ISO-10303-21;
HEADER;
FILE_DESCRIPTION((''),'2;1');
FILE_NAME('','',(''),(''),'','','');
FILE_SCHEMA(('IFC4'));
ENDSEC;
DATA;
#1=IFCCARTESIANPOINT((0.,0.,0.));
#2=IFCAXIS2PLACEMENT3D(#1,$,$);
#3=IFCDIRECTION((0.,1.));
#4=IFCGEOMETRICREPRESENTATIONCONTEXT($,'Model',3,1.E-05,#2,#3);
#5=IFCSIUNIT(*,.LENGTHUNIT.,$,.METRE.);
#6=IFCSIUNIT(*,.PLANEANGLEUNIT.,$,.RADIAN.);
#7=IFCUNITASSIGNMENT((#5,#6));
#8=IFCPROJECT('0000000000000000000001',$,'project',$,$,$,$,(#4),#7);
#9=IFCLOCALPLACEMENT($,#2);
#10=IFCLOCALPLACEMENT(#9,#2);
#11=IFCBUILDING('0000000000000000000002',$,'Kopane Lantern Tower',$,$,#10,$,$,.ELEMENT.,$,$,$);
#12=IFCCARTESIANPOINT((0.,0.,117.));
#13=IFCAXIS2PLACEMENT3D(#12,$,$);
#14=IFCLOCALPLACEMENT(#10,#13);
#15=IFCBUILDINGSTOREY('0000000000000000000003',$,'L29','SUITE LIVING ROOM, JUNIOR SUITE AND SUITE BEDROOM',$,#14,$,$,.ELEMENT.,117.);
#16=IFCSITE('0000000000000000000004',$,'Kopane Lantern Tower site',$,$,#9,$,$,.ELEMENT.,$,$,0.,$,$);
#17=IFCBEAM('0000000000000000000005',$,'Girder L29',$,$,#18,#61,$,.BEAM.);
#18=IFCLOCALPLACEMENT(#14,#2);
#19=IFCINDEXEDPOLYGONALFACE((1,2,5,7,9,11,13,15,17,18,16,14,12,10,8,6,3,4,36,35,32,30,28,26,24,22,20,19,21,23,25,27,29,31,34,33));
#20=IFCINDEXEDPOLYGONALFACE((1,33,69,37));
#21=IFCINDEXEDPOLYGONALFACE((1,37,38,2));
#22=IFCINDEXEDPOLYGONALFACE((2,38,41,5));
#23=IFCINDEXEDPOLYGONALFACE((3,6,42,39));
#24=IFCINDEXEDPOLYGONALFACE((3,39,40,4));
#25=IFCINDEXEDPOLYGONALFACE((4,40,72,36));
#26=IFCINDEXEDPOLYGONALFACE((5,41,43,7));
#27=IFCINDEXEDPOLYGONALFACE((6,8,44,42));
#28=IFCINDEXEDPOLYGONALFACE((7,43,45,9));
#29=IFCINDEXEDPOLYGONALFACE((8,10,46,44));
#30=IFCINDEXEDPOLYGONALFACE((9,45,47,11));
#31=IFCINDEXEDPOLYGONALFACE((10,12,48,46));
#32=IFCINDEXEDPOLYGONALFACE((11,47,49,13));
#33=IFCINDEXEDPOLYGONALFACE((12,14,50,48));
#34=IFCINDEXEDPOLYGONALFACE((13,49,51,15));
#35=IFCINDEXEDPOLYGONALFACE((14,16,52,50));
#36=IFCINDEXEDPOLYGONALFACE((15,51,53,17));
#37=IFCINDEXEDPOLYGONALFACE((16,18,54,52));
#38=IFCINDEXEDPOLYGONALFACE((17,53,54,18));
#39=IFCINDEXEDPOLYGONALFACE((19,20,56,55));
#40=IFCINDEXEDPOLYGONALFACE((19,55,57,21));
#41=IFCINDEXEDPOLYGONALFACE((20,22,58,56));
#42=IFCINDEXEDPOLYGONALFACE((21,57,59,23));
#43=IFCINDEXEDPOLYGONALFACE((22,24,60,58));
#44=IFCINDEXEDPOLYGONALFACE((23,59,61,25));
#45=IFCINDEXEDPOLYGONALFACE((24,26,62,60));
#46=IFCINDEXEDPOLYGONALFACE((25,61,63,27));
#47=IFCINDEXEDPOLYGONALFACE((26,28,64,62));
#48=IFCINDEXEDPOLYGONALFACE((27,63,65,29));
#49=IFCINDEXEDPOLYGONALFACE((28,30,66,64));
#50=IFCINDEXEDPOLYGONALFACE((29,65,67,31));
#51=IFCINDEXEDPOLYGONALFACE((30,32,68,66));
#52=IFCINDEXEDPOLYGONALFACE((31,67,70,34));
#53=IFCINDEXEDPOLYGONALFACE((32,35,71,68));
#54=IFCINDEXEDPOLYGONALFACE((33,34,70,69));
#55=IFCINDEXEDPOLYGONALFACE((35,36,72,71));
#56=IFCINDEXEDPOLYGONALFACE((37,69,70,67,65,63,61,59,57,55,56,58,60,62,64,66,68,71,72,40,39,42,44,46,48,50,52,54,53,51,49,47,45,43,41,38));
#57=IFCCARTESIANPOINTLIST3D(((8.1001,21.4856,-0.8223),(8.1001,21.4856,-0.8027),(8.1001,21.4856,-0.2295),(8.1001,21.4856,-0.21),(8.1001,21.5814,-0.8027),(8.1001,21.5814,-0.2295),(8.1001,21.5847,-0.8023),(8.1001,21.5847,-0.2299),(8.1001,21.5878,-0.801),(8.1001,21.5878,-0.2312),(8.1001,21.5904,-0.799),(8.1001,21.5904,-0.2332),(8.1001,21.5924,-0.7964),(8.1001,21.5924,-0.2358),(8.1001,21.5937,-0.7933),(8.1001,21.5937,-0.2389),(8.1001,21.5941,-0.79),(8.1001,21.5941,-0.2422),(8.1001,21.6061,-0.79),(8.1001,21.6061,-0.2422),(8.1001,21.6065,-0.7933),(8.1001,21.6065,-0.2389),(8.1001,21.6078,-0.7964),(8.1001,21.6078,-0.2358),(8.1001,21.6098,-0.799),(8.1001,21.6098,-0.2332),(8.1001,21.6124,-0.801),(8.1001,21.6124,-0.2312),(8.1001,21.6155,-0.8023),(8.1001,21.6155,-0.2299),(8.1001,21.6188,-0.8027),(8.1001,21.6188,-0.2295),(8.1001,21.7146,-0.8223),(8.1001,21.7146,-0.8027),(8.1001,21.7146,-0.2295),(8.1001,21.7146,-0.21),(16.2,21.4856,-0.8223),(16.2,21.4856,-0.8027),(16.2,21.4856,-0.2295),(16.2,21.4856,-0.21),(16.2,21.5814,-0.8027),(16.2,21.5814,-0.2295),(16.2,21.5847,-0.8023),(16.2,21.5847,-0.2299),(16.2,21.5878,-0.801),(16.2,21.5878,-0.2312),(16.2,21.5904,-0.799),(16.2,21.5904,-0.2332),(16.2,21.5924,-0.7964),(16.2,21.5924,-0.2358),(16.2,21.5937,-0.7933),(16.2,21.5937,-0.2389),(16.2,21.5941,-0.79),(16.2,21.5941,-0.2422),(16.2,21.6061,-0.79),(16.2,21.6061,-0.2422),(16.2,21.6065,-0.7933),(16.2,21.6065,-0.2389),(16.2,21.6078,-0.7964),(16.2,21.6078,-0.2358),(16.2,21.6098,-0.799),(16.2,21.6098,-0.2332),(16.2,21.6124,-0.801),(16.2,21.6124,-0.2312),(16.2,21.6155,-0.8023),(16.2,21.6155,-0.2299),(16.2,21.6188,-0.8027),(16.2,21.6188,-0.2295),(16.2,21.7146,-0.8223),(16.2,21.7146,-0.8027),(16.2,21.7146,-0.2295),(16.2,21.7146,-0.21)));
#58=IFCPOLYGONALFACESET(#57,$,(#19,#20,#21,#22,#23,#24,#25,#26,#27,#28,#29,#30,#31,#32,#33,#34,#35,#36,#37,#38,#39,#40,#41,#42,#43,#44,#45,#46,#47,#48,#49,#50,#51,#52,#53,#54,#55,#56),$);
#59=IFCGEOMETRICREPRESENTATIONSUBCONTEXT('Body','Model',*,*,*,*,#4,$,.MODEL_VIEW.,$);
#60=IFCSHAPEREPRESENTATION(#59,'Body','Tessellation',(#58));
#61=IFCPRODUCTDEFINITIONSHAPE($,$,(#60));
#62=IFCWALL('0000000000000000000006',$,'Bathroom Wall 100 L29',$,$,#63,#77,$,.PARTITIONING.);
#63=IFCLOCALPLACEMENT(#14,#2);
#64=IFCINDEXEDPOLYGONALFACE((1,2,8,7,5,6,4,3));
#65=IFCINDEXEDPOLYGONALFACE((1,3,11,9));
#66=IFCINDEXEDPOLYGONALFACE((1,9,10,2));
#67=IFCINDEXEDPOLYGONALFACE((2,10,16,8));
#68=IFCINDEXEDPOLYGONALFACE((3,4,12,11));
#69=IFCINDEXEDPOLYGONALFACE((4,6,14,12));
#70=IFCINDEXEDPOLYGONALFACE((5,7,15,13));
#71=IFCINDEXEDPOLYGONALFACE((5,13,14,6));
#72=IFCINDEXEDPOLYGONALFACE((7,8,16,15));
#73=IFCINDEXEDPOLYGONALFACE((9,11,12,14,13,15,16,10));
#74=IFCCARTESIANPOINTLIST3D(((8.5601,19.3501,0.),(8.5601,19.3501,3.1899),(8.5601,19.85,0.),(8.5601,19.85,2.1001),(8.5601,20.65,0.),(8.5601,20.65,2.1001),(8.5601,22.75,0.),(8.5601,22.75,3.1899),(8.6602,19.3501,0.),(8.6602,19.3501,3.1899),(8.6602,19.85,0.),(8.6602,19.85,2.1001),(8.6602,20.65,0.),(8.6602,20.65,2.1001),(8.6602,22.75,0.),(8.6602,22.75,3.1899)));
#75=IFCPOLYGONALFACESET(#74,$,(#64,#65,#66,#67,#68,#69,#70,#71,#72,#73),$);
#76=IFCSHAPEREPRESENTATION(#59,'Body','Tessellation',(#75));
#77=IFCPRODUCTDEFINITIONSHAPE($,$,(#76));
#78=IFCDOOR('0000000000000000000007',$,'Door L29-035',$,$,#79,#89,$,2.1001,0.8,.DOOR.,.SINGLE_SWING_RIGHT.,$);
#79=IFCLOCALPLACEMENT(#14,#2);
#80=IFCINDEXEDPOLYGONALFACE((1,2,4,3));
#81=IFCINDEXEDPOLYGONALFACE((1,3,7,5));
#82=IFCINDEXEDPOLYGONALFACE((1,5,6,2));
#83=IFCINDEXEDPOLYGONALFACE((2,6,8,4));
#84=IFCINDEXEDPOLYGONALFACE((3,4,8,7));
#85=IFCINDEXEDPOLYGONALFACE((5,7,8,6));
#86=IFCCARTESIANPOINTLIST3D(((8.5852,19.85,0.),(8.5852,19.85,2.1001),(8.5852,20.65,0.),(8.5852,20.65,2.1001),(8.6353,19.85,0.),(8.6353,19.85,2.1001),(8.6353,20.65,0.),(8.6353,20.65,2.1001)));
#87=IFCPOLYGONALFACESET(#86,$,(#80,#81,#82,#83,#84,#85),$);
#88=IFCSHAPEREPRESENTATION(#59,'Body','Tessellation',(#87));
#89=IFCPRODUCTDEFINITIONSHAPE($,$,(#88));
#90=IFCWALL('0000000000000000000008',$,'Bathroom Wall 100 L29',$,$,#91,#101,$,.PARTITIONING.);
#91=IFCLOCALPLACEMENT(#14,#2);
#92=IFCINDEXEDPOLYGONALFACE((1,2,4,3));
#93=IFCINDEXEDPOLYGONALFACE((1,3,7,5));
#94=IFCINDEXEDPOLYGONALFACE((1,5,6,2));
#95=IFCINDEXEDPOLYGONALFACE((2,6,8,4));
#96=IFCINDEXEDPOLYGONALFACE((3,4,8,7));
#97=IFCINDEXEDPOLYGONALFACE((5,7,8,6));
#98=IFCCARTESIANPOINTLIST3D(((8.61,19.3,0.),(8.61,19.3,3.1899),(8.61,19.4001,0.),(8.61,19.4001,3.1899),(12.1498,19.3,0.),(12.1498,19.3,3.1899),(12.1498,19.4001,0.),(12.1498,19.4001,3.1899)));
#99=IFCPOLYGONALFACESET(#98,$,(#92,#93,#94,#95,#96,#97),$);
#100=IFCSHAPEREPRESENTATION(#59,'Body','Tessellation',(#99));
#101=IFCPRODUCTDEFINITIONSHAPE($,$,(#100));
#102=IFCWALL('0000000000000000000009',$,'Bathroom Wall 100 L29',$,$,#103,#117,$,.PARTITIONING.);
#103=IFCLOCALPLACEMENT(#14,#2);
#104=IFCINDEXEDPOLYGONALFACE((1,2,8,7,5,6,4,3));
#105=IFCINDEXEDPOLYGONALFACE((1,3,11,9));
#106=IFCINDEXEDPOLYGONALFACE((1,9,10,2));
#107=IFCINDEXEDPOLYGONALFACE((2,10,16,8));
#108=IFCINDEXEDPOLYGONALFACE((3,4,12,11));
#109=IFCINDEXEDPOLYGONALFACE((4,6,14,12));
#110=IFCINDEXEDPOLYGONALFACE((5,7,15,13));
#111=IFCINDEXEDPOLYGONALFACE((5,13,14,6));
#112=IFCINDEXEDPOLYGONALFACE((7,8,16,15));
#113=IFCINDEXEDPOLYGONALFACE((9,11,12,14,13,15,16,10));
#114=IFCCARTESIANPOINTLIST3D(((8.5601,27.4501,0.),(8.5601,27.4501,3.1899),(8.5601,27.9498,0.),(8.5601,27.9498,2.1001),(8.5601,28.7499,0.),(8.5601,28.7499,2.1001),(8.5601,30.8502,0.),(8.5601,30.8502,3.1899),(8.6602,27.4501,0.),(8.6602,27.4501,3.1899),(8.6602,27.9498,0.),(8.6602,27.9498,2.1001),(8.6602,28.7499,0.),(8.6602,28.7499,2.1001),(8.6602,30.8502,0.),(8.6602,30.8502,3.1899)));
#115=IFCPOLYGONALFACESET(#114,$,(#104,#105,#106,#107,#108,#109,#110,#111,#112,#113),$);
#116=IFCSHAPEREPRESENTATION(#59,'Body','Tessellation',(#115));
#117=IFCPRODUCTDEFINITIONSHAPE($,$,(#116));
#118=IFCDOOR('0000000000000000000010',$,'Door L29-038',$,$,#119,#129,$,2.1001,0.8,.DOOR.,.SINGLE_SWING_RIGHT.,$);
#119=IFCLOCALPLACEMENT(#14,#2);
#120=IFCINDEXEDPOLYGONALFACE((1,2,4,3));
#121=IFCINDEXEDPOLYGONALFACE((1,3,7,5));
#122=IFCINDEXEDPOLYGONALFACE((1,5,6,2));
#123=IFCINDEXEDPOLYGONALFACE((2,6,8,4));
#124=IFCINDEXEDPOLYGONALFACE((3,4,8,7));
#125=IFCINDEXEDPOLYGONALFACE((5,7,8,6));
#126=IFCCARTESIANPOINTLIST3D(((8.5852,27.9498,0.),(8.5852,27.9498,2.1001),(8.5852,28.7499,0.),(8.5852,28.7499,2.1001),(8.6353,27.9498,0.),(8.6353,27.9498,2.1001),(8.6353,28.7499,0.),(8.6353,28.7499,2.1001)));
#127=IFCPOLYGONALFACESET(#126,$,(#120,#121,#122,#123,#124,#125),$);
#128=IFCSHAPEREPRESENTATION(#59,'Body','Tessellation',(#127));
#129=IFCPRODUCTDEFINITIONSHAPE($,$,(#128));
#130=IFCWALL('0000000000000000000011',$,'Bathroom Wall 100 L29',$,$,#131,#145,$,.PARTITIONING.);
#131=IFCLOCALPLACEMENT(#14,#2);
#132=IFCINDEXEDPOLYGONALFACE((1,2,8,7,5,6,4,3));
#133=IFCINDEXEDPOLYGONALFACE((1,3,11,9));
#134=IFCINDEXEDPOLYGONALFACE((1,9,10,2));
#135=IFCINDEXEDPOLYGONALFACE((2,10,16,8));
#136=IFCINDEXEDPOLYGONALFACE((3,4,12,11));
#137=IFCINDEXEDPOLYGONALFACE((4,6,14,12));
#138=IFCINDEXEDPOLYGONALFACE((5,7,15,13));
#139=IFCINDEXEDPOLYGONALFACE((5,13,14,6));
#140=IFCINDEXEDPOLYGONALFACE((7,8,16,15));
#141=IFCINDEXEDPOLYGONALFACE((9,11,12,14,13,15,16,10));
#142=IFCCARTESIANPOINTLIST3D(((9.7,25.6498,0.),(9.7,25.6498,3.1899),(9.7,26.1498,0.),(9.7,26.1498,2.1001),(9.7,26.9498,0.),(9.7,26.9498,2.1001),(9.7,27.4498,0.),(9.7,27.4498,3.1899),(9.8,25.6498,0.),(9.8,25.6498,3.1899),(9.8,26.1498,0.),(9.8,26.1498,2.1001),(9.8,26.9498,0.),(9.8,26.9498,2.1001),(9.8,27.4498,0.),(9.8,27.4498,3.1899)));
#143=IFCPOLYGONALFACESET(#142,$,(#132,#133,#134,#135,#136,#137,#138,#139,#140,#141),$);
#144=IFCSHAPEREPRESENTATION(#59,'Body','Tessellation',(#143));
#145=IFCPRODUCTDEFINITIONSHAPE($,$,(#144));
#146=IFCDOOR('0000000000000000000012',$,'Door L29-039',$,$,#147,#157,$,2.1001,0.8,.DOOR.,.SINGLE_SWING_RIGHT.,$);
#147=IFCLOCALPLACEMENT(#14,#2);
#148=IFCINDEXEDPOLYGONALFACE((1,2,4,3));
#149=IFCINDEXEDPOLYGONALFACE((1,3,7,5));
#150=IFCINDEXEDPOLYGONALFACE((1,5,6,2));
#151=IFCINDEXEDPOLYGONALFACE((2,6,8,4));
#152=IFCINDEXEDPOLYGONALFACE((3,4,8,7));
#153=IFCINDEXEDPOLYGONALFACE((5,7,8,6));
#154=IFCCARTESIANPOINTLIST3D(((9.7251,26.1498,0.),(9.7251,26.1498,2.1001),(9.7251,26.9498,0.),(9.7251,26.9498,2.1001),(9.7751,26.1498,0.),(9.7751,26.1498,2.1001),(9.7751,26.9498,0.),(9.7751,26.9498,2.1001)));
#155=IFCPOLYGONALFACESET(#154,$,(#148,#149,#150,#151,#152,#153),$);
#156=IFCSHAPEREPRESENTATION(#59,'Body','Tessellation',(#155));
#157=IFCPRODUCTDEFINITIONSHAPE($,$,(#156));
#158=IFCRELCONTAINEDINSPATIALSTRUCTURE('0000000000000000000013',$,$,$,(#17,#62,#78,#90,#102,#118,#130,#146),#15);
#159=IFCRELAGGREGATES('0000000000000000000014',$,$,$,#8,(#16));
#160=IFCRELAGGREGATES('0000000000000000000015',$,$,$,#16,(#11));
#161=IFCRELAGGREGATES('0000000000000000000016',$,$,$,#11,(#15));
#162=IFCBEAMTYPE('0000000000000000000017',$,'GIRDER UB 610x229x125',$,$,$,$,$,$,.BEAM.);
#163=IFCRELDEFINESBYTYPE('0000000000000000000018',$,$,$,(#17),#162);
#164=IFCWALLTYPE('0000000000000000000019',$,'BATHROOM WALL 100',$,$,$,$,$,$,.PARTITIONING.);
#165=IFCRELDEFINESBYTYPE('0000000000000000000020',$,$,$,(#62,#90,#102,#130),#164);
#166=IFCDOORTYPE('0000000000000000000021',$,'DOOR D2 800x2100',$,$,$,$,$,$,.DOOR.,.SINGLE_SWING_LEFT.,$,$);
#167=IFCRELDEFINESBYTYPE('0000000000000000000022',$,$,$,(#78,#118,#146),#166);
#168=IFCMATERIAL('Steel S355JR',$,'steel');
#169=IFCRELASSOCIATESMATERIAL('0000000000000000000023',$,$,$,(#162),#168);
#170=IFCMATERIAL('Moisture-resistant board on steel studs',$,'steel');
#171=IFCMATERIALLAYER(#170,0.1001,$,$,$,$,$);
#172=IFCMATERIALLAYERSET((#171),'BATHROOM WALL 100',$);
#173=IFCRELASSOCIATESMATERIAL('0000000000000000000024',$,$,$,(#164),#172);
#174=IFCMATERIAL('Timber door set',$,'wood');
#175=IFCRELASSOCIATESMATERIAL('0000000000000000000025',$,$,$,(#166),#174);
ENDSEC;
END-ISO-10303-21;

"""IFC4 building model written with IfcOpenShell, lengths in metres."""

from ifc_helpers import new_model, si_unit, direction, frame, frame_2d, origin, origin_2d, place, context, subcontext, project, spatial, rectangle, i_section, extrude, material, layer, layer_set, material_profile, profile_set, type_object, element, fill, save


model = new_model("IFC4")

# Units and contexts
model_context = context("Model", 3, precision=1e-05, world=origin(), true_north=direction((0.0, 1.0)))
body_context = subcontext(model_context, "Body", "Model", "MODEL_VIEW")
ifc_project = project(units=[si_unit("LENGTHUNIT", "METRE"), si_unit("PLANEANGLEUNIT", "RADIAN")], contexts=[model_context])

# Site, building, storey
site_placement = place(None, origin())
site = spatial("IfcSite", under=ifc_project, at=site_placement, Name="Kopane Lantern Tower site", CompositionType="ELEMENT", RefElevation=0.0)
building_placement = place(site_placement, origin())
building = spatial("IfcBuilding", under=site, at=building_placement, Name="Kopane Lantern Tower", CompositionType="ELEMENT")
storey_placement = place(building_placement, frame((0.0, 0.0, 117.0)))
storey = spatial("IfcBuildingStorey", under=building, at=storey_placement, Name="L29", Description="SUITE LIVING ROOM, JUNIOR SUITE AND SUITE BEDROOM", CompositionType="ELEMENT", Elevation=117.0)

# Beam
ifc_material_1 = material(Name="Steel S355JR", Category="steel")
ifc_material_profile_1 = material_profile(ifc_material_1, i_section(OverallWidth=0.229, OverallDepth=0.6123, WebThickness=0.012, FlangeThickness=0.0195, FilletRadius=0.0127, at=origin_2d()), Name="UB 610x229x125")
ifc_profile_set_1 = profile_set([ifc_material_profile_1], Name="Steel S355JR")
beam_type = type_object("IfcBeamType", Name="GIRDER UB 610x229x125", PredefinedType="BEAM", material=ifc_profile_set_1)
for number, where, z_axis, x_axis, name in (
    (1, (8.1001, 21.6001, -0.5161), (1.0, 0.0, 0.0), (0.0, 1.0, 0.0), "Girder L29"),
):
    element("IfcBeam", number, at=place(storey_placement, frame(where, z_axis=z_axis, x_axis=x_axis)), inside=storey, type_object=beam_type, Name=name, PredefinedType="BEAM", context=body_context, shape_type="SweptSolid", body=[
        extrude(i_section(OverallWidth=0.229, OverallDepth=0.6123, WebThickness=0.012, FlangeThickness=0.0195, FilletRadius=0.0127, at=origin_2d()), origin(), (0.0, 0.0, 1.0), 8.0999),
    ])

# Wall, opening, door
ifc_material_2 = material(Name="Moisture-resistant board on steel studs", Category="steel")
ifc_layer_1 = layer(ifc_material_2, 0.1001)
ifc_layer_set_1 = layer_set([ifc_layer_1], Name="BATHROOM WALL 100")
wall_type_1 = type_object("IfcWallType", Name="BATHROOM WALL 100", PredefinedType="PARTITIONING", material=ifc_layer_set_1)
wall_1_placement = place(storey_placement, frame((8.6101, 19.3501, 0.0), z_axis=(0.0, 0.0, 1.0), x_axis=(0.0, 1.0, 0.0)))
wall_1 = element("IfcWall", 2, at=wall_1_placement, inside=storey, type_object=wall_type_1, Name="Bathroom Wall 100 L29", PredefinedType="PARTITIONING", context=body_context, shape_type="SweptSolid", body=[
    extrude(rectangle(XDim=3.3999, YDim=0.1001, at=frame_2d((1.7, 0.0))), origin(), (0.0, 0.0, 1.0), 3.1899),
])
opening_1_placement = place(wall_1_placement, frame((0.5, 0.0, 0.0)))
opening_1 = element("IfcOpeningElement", 3, at=opening_1_placement, cuts=wall_1, PredefinedType="OPENING", context=body_context, shape_type="SweptSolid", body=[
    extrude(rectangle(XDim=0.8, YDim=2.1001, at=frame_2d((0.3999, 1.05))), frame((0.0, 0.0601, 0.0), z_axis=(0.0, -1.0, 0.0), x_axis=(1.0, 0.0, 0.0)), (0.0, 0.0, 1.0), 0.1201),
])
ifc_material_3 = material(Name="Timber door set", Category="wood")
door_type_1 = type_object("IfcDoorType", Name="DOOR D2 800x2100", OperationType="SINGLE_SWING_LEFT", PredefinedType="DOOR", material=ifc_material_3)
door_1_placement = place(opening_1_placement, origin())
door_1 = element("IfcDoor", 4, at=door_1_placement, inside=storey, type_object=door_type_1, Name="Door L29-035", OperationType="SINGLE_SWING_RIGHT", OverallHeight=2.1001, OverallWidth=0.8, PredefinedType="DOOR", context=body_context, shape_type="SweptSolid", body=[
    extrude(rectangle(XDim=0.8, YDim=2.1001, at=frame_2d((0.3999, 1.05))), frame((0.0, 0.0249, 0.0), z_axis=(0.0, -1.0, 0.0), x_axis=(1.0, 0.0, 0.0)), (0.0, 0.0, 1.0), 0.05),
])
fill(opening_1, door_1)

# Wall
wall_2_placement = place(storey_placement, frame((12.1499, 19.3501, 0.0), z_axis=(0.0, 0.0, 1.0), x_axis=(-1.0, 0.0, 0.0)))
element("IfcWall", 5, at=wall_2_placement, inside=storey, type_object=wall_type_1, Name="Bathroom Wall 100 L29", PredefinedType="PARTITIONING", context=body_context, shape_type="SweptSolid", body=[
    extrude(rectangle(XDim=3.5398, YDim=0.1001, at=frame_2d((1.77, 0.0))), origin(), (0.0, 0.0, 1.0), 3.1899),
])

# Walls, openings, doors
wall_3_placement = place(storey_placement, frame((8.6101, 27.45, 0.0), z_axis=(0.0, 0.0, 1.0), x_axis=(0.0, 1.0, 0.0)))
wall_3 = element("IfcWall", 6, at=wall_3_placement, inside=storey, type_object=wall_type_1, Name="Bathroom Wall 100 L29", PredefinedType="PARTITIONING", context=body_context, shape_type="SweptSolid", body=[
    extrude(rectangle(XDim=3.4001, YDim=0.1001, at=frame_2d((1.7002, 0.0))), origin(), (0.0, 0.0, 1.0), 3.1899),
])
opening_2_placement = place(wall_3_placement, frame((0.5, 0.0, 0.0)))
opening_2 = element("IfcOpeningElement", 7, at=opening_2_placement, cuts=wall_3, PredefinedType="OPENING", context=body_context, shape_type="SweptSolid", body=[
    extrude(rectangle(XDim=0.8, YDim=2.1001, at=frame_2d((0.3999, 1.05))), frame((0.0, 0.0601, 0.0), z_axis=(0.0, -1.0, 0.0), x_axis=(1.0, 0.0, 0.0)), (0.0, 0.0, 1.0), 0.1201),
])
door_2_placement = place(opening_2_placement, origin())
door_2 = element("IfcDoor", 8, at=door_2_placement, inside=storey, type_object=door_type_1, Name="Door L29-038", OperationType="SINGLE_SWING_RIGHT", OverallHeight=2.1001, OverallWidth=0.8, PredefinedType="DOOR", context=body_context, shape_type="SweptSolid", body=[
    extrude(rectangle(XDim=0.8, YDim=2.1001, at=frame_2d((0.3999, 1.05))), frame((0.0, 0.0249, 0.0), z_axis=(0.0, -1.0, 0.0), x_axis=(1.0, 0.0, 0.0)), (0.0, 0.0, 1.0), 0.05),
])
fill(opening_2, door_2)
wall_4_placement = place(storey_placement, frame((9.75, 25.6499, 0.0), z_axis=(0.0, 0.0, 1.0), x_axis=(0.0, 1.0, 0.0)))
wall_4 = element("IfcWall", 9, at=wall_4_placement, inside=storey, type_object=wall_type_1, Name="Bathroom Wall 100 L29", PredefinedType="PARTITIONING", context=body_context, shape_type="SweptSolid", body=[
    extrude(rectangle(XDim=1.8, YDim=0.1001, at=frame_2d((0.8999, 0.0))), origin(), (0.0, 0.0, 1.0), 3.1899),
])
opening_3_placement = place(wall_4_placement, frame((0.5, 0.0, 0.0)))
opening_3 = element("IfcOpeningElement", 10, at=opening_3_placement, cuts=wall_4, PredefinedType="OPENING", context=body_context, shape_type="SweptSolid", body=[
    extrude(rectangle(XDim=0.8, YDim=2.1001, at=frame_2d((0.3999, 1.05))), frame((0.0, 0.0601, 0.0), z_axis=(0.0, -1.0, 0.0), x_axis=(1.0, 0.0, 0.0)), (0.0, 0.0, 1.0), 0.1201),
])
door_3_placement = place(opening_3_placement, origin())
door_3 = element("IfcDoor", 11, at=door_3_placement, inside=storey, type_object=door_type_1, Name="Door L29-039", OperationType="SINGLE_SWING_RIGHT", OverallHeight=2.1001, OverallWidth=0.8, PredefinedType="DOOR", context=body_context, shape_type="SweptSolid", body=[
    extrude(rectangle(XDim=0.8, YDim=2.1001, at=frame_2d((0.3999, 1.05))), frame((0.0, 0.0249, 0.0), z_axis=(0.0, -1.0, 0.0), x_axis=(1.0, 0.0, 0.0)), (0.0, 0.0, 1.0), 0.05),
])
fill(opening_3, door_3)

save(model, "model.ifc")
